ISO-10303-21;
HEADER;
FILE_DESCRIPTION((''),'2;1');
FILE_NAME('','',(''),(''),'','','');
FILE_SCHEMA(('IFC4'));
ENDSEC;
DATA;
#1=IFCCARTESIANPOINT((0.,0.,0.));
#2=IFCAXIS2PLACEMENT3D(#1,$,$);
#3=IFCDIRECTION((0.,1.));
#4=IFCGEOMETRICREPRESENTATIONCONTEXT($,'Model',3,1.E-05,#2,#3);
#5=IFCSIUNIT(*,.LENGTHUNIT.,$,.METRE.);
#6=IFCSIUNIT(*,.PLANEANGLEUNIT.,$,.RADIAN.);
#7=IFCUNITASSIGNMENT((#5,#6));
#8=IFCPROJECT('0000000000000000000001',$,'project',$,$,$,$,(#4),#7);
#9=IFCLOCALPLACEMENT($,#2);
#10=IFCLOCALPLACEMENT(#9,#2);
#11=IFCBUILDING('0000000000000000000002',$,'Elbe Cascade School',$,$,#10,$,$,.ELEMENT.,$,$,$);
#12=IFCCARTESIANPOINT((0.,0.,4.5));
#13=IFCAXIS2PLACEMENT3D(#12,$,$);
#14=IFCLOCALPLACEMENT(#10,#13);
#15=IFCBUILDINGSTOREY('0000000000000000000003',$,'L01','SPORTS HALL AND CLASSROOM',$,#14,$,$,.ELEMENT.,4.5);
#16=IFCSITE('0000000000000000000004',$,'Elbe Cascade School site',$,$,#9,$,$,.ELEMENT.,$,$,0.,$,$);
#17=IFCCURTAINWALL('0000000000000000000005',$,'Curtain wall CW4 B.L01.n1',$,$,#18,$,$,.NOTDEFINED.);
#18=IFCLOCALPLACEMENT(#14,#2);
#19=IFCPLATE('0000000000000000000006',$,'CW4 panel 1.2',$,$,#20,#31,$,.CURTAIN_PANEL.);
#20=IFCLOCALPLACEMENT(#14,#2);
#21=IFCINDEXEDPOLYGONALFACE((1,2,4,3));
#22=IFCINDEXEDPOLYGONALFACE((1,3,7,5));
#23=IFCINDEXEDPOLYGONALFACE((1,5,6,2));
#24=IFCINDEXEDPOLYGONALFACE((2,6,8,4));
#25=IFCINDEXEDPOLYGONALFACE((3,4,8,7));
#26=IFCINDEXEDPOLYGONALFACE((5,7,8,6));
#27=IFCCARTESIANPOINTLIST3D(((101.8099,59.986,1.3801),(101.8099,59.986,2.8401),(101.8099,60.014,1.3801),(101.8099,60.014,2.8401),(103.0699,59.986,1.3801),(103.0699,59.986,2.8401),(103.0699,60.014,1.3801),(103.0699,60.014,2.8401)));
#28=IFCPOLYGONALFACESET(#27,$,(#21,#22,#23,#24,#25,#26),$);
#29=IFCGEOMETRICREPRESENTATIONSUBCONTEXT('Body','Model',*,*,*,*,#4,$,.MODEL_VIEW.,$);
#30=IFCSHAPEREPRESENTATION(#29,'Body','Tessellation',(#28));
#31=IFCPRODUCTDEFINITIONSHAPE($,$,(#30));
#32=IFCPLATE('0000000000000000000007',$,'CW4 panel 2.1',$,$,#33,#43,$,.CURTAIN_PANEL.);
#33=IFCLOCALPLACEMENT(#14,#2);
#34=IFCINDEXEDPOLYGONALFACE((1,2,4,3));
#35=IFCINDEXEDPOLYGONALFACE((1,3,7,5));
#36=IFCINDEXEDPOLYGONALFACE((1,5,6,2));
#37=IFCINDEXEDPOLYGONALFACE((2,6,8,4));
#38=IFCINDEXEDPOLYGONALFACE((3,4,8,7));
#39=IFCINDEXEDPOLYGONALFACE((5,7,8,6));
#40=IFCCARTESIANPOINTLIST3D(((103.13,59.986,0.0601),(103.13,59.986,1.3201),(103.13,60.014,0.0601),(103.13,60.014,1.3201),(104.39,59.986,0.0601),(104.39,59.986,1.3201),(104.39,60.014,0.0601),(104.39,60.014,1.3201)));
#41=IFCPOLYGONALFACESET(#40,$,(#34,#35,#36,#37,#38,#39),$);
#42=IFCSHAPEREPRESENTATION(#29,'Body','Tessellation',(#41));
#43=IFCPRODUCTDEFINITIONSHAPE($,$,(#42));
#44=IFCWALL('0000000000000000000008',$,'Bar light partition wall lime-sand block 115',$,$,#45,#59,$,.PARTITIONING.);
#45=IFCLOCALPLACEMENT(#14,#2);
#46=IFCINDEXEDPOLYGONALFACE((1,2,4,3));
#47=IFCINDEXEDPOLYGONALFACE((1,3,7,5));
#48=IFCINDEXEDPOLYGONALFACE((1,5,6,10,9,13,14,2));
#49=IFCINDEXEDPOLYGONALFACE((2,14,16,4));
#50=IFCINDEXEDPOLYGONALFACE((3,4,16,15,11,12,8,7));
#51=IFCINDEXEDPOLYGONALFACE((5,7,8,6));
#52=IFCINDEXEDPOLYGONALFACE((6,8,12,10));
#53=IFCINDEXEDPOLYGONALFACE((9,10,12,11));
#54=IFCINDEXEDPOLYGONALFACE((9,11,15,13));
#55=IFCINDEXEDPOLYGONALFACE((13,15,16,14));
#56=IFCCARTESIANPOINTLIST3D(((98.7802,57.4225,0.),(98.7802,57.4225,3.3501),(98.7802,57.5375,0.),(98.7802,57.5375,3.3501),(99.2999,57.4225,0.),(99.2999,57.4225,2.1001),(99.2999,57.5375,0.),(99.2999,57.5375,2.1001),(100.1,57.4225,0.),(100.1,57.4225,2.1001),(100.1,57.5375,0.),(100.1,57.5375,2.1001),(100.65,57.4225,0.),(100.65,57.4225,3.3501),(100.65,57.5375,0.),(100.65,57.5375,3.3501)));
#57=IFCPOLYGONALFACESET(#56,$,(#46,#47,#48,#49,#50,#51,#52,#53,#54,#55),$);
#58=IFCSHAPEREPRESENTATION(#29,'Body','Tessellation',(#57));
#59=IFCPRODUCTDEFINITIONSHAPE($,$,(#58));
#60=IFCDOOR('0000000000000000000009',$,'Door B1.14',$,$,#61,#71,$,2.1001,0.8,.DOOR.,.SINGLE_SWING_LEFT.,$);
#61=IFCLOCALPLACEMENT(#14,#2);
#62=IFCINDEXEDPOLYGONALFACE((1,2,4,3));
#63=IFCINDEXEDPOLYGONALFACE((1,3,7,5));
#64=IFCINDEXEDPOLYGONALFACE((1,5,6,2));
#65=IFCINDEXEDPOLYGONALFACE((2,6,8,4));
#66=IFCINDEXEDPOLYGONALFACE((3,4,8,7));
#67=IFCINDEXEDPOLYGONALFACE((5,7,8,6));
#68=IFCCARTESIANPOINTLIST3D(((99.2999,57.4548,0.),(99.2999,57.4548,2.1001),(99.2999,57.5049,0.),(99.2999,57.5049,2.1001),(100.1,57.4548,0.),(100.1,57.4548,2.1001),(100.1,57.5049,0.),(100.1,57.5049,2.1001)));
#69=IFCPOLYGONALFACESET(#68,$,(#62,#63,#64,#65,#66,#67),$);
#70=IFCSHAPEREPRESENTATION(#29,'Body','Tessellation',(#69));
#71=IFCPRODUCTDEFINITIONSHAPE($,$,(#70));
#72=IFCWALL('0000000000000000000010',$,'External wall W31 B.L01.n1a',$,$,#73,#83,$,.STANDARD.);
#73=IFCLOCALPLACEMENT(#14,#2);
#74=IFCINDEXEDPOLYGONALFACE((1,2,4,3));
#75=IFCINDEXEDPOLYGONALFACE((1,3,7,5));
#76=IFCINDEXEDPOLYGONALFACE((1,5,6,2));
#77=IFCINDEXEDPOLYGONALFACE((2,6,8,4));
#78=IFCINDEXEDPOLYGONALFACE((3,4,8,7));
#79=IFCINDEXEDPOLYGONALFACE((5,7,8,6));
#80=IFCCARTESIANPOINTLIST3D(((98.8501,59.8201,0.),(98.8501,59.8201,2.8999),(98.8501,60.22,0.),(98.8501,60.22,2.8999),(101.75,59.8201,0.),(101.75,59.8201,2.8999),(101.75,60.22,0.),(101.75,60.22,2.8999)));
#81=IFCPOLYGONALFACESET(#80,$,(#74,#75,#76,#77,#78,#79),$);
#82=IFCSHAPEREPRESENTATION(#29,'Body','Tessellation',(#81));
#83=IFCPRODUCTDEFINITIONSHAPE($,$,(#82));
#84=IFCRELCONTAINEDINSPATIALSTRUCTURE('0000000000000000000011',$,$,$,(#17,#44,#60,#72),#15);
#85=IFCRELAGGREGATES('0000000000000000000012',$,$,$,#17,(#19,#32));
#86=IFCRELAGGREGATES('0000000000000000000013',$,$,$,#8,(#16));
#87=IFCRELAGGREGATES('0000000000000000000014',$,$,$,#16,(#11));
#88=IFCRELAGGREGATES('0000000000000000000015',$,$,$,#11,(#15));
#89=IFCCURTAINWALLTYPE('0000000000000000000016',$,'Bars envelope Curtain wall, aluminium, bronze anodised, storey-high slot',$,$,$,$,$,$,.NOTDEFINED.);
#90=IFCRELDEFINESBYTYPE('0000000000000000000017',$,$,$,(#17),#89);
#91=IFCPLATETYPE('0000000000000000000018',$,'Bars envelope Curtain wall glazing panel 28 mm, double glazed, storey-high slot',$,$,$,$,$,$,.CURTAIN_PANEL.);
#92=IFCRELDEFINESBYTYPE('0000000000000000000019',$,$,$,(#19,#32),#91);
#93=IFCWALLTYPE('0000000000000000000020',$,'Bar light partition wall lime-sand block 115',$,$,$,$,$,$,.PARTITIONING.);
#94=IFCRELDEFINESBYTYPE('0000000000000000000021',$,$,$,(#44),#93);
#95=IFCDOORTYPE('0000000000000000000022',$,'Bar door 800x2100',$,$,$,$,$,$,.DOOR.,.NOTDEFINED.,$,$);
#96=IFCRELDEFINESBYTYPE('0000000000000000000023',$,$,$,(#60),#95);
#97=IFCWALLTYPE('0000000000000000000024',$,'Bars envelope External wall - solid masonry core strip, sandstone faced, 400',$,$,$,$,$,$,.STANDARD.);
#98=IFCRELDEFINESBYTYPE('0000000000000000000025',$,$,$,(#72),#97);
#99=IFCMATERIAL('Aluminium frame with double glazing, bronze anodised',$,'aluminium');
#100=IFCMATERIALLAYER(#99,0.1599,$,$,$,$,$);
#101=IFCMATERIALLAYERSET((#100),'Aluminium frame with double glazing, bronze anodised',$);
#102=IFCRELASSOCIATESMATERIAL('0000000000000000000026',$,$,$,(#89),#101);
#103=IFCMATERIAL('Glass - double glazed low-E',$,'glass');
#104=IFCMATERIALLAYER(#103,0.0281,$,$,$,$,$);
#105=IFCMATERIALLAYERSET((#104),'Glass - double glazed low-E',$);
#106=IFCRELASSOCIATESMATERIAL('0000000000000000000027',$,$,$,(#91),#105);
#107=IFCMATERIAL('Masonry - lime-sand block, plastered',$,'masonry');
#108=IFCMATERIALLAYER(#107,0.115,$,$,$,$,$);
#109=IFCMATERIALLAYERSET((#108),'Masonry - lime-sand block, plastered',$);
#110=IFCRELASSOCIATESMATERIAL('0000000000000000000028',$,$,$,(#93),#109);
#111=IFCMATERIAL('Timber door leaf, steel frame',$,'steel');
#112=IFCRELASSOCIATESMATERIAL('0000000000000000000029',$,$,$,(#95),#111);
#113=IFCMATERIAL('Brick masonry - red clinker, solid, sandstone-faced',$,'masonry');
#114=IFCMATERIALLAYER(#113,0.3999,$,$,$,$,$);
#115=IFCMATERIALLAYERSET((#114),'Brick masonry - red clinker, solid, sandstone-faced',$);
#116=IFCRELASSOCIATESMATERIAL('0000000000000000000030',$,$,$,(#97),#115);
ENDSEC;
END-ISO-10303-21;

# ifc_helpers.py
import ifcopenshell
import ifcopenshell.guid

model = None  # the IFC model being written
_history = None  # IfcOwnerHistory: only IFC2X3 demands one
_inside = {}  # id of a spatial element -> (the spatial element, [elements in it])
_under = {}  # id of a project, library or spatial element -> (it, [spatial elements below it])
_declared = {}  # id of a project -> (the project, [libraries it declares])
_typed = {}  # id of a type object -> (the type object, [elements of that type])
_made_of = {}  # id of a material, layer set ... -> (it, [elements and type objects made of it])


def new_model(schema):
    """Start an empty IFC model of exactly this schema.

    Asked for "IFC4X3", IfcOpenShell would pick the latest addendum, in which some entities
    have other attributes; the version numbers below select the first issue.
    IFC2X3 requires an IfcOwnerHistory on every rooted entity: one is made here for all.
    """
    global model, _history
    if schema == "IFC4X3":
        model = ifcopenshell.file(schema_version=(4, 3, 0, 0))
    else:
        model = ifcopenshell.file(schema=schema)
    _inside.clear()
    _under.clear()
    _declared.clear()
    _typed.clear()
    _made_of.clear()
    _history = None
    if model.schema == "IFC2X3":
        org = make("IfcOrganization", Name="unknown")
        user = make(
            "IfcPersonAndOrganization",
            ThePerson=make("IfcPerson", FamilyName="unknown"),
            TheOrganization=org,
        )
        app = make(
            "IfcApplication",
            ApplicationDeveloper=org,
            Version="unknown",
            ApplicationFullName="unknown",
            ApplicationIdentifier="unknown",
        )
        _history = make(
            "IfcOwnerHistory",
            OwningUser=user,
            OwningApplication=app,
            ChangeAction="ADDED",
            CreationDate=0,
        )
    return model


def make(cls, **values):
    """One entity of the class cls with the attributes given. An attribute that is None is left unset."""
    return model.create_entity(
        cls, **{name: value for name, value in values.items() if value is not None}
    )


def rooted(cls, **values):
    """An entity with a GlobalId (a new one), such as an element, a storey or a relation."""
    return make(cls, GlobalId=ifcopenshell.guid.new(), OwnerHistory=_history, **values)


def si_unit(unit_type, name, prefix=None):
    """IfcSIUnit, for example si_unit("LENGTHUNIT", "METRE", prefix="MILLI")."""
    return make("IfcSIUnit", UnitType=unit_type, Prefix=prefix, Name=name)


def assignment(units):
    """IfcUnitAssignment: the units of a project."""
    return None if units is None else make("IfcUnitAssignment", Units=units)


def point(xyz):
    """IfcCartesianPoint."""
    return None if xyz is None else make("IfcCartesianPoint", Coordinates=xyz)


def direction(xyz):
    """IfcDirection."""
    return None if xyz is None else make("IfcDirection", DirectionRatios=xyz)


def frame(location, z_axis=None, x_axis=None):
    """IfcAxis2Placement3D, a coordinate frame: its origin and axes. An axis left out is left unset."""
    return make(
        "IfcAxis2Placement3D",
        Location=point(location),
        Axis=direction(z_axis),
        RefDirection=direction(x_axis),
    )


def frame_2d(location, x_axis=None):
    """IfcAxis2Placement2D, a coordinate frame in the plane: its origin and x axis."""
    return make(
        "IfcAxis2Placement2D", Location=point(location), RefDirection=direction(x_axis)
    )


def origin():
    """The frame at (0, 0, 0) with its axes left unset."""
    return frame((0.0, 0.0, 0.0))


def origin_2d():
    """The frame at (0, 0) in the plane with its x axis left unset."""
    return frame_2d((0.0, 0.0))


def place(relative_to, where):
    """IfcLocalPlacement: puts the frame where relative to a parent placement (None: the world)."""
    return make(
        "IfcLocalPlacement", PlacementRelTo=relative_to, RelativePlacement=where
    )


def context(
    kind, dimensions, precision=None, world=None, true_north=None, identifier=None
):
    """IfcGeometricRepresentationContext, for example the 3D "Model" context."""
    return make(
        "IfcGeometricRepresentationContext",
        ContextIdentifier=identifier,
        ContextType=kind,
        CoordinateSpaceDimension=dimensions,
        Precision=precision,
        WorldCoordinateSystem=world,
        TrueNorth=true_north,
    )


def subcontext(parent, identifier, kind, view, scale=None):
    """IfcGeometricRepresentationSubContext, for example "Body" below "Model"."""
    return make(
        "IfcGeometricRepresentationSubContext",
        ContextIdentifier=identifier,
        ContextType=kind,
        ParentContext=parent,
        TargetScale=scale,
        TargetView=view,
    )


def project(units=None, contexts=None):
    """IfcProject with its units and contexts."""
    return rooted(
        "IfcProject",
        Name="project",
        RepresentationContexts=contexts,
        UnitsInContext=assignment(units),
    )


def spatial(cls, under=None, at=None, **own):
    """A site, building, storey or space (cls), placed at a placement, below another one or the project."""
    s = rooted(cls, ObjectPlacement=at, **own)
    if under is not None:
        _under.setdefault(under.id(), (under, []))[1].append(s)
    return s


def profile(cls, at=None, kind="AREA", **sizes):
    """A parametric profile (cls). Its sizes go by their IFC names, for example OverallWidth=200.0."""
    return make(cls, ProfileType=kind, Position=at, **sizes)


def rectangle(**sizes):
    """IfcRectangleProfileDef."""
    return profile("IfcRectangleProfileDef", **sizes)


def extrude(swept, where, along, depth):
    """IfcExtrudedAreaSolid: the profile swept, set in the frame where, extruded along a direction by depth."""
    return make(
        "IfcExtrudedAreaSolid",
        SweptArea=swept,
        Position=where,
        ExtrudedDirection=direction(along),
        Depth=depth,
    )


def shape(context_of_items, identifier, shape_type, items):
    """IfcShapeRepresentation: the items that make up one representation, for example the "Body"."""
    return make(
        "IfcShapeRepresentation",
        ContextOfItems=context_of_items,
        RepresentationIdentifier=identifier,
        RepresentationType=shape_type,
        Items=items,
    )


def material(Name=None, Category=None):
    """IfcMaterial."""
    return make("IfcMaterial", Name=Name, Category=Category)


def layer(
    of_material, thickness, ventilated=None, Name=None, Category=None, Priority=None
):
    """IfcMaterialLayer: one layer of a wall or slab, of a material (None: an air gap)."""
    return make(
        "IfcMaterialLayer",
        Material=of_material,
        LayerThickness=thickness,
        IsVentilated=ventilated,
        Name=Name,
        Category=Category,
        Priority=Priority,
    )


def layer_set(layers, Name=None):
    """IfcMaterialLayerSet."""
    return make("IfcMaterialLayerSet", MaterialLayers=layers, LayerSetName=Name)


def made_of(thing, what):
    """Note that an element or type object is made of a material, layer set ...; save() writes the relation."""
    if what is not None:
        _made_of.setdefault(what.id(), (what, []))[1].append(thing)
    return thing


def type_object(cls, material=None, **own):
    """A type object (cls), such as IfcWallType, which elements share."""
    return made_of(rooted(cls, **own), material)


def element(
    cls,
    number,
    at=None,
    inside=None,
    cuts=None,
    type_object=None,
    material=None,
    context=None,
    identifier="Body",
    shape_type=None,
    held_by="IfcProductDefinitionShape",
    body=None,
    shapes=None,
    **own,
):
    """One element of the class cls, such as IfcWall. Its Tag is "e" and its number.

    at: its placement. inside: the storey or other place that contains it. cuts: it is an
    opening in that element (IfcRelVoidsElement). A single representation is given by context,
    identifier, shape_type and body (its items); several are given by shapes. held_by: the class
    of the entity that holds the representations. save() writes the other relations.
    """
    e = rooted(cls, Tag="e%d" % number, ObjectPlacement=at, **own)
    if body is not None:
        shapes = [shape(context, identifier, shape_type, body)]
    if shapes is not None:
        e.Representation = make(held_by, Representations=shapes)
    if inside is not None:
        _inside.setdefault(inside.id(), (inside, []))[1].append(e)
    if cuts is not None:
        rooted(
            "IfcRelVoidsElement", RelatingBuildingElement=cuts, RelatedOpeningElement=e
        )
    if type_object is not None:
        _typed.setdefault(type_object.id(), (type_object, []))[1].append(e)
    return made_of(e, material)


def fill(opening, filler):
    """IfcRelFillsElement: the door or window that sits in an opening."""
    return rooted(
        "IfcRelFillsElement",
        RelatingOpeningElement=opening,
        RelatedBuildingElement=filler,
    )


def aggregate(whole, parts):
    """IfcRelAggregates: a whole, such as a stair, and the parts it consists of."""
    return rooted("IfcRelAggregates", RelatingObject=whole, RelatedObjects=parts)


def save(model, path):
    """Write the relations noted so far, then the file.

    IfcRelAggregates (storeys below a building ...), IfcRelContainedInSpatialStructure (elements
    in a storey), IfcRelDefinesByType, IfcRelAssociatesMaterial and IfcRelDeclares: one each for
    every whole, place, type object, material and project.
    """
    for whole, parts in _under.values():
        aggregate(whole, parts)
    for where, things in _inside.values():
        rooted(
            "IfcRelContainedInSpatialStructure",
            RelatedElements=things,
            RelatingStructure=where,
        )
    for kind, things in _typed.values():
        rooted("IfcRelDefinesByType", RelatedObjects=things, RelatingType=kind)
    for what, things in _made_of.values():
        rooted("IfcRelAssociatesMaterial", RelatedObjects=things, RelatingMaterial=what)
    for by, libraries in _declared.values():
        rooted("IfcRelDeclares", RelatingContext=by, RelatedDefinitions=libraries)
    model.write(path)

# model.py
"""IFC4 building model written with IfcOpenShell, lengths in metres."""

from ifc_helpers import new_model, si_unit, direction, frame, frame_2d, origin, origin_2d, place, context, subcontext, project, spatial, rectangle, extrude, material, layer, layer_set, type_object, element, fill, aggregate, save


model = new_model("IFC4")

# Units and contexts
model_context = context("Model", 3, precision=1e-05, world=origin(), true_north=direction((0.0, 1.0)))
body_context = subcontext(model_context, "Body", "Model", "MODEL_VIEW")
ifc_project = project(units=[si_unit("LENGTHUNIT", "METRE"), si_unit("PLANEANGLEUNIT", "RADIAN")], contexts=[model_context])

# Site, building, storey
site_placement = place(None, origin())
site = spatial("IfcSite", under=ifc_project, at=site_placement, Name="Elbe Cascade School site", CompositionType="ELEMENT", RefElevation=0.0)
building_placement = place(site_placement, origin())
building = spatial("IfcBuilding", under=site, at=building_placement, Name="Elbe Cascade School", CompositionType="ELEMENT")
storey_placement = place(building_placement, frame((0.0, 0.0, 4.5)))
storey = spatial("IfcBuildingStorey", under=building, at=storey_placement, Name="L01", Description="SPORTS HALL AND CLASSROOM", CompositionType="ELEMENT", Elevation=4.5)

# Shared definitions
ifc_material_1 = material(Name="Aluminium frame with double glazing, bronze anodised", Category="aluminium")
ifc_layer_1 = layer(ifc_material_1, 0.1599)
ifc_layer_set_1 = layer_set([ifc_layer_1], Name="Aluminium frame with double glazing, bronze anodised")
curtain_wall_type = type_object("IfcCurtainWallType", Name="Bars envelope Curtain wall, aluminium, bronze anodised, storey-high slot", PredefinedType="NOTDEFINED", material=ifc_layer_set_1)

# Curtain wall
curtain_wall_1_placement = place(storey_placement, origin())
curtain_wall_1 = element("IfcCurtainWall", 1, at=curtain_wall_1_placement, inside=storey, type_object=curtain_wall_type, Name="Curtain wall CW4 B.L01.n1", PredefinedType="NOTDEFINED")

# Plates
ifc_material_2 = material(Name="Glass - double glazed low-E", Category="glass")
ifc_layer_2 = layer(ifc_material_2, 0.0281)
ifc_layer_set_2 = layer_set([ifc_layer_2], Name="Glass - double glazed low-E")
plate_type = type_object("IfcPlateType", Name="Bars envelope Curtain wall glazing panel 28 mm, double glazed, storey-high slot", PredefinedType="CURTAIN_PANEL", material=ifc_layer_set_2)
plate_1_placement = place(storey_placement, frame((102.4399, 60.0, 1.3801), z_axis=(0.0, 0.0, 1.0), x_axis=(1.0, 0.0, 0.0)))
plate_1 = element("IfcPlate", 2, at=plate_1_placement, type_object=plate_type, Name="CW4 panel 1.2", PredefinedType="CURTAIN_PANEL", context=body_context, shape_type="SweptSolid", body=[
    extrude(rectangle(XDim=1.26, YDim=0.0281, at=origin_2d()), origin(), (0.0, 0.0, 1.0), 1.46),
])
plate_2_placement = place(storey_placement, frame((103.76, 60.0, 0.0601), z_axis=(0.0, 0.0, 1.0), x_axis=(1.0, 0.0, 0.0)))
plate_2 = element("IfcPlate", 3, at=plate_2_placement, type_object=plate_type, Name="CW4 panel 2.1", PredefinedType="CURTAIN_PANEL", context=body_context, shape_type="SweptSolid", body=[
    extrude(rectangle(XDim=1.26, YDim=0.0281, at=origin_2d()), origin(), (0.0, 0.0, 1.0), 1.26),
])
aggregate(curtain_wall_1, [plate_1, plate_2])

# Wall, opening, door
ifc_material_3 = material(Name="Masonry - lime-sand block, plastered", Category="masonry")
ifc_layer_3 = layer(ifc_material_3, 0.115)
ifc_layer_set_3 = layer_set([ifc_layer_3], Name="Masonry - lime-sand block, plastered")
wall_type_1 = type_object("IfcWallType", Name="Bar light partition wall lime-sand block 115", PredefinedType="PARTITIONING", material=ifc_layer_set_3)
wall_1_placement = place(storey_placement, frame((98.78, 57.48, 0.0), z_axis=(0.0, 0.0, 1.0), x_axis=(1.0, 0.0, 0.0)))
wall_1 = element("IfcWall", 4, at=wall_1_placement, inside=storey, type_object=wall_type_1, Name="Bar light partition wall lime-sand block 115", PredefinedType="PARTITIONING", context=body_context, shape_type="SweptSolid", body=[
    extrude(rectangle(XDim=1.8699, YDim=0.115, at=frame_2d((0.9351, 0.0))), origin(), (0.0, 0.0, 1.0), 3.3501),
])
opening_placement = place(wall_1_placement, frame((0.52, 0.0, 0.0)))
opening = element("IfcOpeningElement", 5, at=opening_placement, cuts=wall_1, PredefinedType="OPENING", context=body_context, shape_type="SweptSolid", body=[
    extrude(rectangle(XDim=0.8, YDim=2.1001, at=frame_2d((0.3999, 1.05))), frame((0.0, 0.0674, 0.0), z_axis=(0.0, -1.0, 0.0), x_axis=(1.0, 0.0, 0.0)), (0.0, 0.0, 1.0), 0.135),
])
ifc_material_4 = material(Name="Timber door leaf, steel frame", Category="steel")
door_type = type_object("IfcDoorType", Name="Bar door 800x2100", OperationType="NOTDEFINED", PredefinedType="DOOR", material=ifc_material_4)
door_placement = place(opening_placement, origin())
door = element("IfcDoor", 6, at=door_placement, inside=storey, type_object=door_type, Name="Door B1.14", OperationType="SINGLE_SWING_LEFT", OverallHeight=2.1001, OverallWidth=0.8, PredefinedType="DOOR", context=body_context, shape_type="SweptSolid", body=[
    extrude(rectangle(XDim=0.8, YDim=2.1001, at=frame_2d((0.3999, 1.05))), frame((0.0, 0.0249, 0.0), z_axis=(0.0, -1.0, 0.0), x_axis=(1.0, 0.0, 0.0)), (0.0, 0.0, 1.0), 0.05),
])
fill(opening, door)

# Wall
ifc_material_5 = material(Name="Brick masonry - red clinker, solid, sandstone-faced", Category="masonry")
ifc_layer_4 = layer(ifc_material_5, 0.3999)
ifc_layer_set_4 = layer_set([ifc_layer_4], Name="Brick masonry - red clinker, solid, sandstone-faced")
wall_type_2 = type_object("IfcWallType", Name="Bars envelope External wall - solid masonry core strip, sandstone faced, 400", PredefinedType="STANDARD", material=ifc_layer_set_4)
wall_2_placement = place(storey_placement, frame((98.8501, 60.02, 0.0), z_axis=(0.0, 0.0, 1.0), x_axis=(1.0, 0.0, 0.0)))
element("IfcWall", 7, at=wall_2_placement, inside=storey, type_object=wall_type_2, Name="External wall W31 B.L01.n1a", PredefinedType="STANDARD", context=body_context, shape_type="SweptSolid", body=[
    extrude(rectangle(XDim=2.8999, YDim=0.3999, at=frame_2d((1.45, 0.0))), origin(), (0.0, 0.0, 1.0), 2.8999),
])

save(model, "model.ifc")
